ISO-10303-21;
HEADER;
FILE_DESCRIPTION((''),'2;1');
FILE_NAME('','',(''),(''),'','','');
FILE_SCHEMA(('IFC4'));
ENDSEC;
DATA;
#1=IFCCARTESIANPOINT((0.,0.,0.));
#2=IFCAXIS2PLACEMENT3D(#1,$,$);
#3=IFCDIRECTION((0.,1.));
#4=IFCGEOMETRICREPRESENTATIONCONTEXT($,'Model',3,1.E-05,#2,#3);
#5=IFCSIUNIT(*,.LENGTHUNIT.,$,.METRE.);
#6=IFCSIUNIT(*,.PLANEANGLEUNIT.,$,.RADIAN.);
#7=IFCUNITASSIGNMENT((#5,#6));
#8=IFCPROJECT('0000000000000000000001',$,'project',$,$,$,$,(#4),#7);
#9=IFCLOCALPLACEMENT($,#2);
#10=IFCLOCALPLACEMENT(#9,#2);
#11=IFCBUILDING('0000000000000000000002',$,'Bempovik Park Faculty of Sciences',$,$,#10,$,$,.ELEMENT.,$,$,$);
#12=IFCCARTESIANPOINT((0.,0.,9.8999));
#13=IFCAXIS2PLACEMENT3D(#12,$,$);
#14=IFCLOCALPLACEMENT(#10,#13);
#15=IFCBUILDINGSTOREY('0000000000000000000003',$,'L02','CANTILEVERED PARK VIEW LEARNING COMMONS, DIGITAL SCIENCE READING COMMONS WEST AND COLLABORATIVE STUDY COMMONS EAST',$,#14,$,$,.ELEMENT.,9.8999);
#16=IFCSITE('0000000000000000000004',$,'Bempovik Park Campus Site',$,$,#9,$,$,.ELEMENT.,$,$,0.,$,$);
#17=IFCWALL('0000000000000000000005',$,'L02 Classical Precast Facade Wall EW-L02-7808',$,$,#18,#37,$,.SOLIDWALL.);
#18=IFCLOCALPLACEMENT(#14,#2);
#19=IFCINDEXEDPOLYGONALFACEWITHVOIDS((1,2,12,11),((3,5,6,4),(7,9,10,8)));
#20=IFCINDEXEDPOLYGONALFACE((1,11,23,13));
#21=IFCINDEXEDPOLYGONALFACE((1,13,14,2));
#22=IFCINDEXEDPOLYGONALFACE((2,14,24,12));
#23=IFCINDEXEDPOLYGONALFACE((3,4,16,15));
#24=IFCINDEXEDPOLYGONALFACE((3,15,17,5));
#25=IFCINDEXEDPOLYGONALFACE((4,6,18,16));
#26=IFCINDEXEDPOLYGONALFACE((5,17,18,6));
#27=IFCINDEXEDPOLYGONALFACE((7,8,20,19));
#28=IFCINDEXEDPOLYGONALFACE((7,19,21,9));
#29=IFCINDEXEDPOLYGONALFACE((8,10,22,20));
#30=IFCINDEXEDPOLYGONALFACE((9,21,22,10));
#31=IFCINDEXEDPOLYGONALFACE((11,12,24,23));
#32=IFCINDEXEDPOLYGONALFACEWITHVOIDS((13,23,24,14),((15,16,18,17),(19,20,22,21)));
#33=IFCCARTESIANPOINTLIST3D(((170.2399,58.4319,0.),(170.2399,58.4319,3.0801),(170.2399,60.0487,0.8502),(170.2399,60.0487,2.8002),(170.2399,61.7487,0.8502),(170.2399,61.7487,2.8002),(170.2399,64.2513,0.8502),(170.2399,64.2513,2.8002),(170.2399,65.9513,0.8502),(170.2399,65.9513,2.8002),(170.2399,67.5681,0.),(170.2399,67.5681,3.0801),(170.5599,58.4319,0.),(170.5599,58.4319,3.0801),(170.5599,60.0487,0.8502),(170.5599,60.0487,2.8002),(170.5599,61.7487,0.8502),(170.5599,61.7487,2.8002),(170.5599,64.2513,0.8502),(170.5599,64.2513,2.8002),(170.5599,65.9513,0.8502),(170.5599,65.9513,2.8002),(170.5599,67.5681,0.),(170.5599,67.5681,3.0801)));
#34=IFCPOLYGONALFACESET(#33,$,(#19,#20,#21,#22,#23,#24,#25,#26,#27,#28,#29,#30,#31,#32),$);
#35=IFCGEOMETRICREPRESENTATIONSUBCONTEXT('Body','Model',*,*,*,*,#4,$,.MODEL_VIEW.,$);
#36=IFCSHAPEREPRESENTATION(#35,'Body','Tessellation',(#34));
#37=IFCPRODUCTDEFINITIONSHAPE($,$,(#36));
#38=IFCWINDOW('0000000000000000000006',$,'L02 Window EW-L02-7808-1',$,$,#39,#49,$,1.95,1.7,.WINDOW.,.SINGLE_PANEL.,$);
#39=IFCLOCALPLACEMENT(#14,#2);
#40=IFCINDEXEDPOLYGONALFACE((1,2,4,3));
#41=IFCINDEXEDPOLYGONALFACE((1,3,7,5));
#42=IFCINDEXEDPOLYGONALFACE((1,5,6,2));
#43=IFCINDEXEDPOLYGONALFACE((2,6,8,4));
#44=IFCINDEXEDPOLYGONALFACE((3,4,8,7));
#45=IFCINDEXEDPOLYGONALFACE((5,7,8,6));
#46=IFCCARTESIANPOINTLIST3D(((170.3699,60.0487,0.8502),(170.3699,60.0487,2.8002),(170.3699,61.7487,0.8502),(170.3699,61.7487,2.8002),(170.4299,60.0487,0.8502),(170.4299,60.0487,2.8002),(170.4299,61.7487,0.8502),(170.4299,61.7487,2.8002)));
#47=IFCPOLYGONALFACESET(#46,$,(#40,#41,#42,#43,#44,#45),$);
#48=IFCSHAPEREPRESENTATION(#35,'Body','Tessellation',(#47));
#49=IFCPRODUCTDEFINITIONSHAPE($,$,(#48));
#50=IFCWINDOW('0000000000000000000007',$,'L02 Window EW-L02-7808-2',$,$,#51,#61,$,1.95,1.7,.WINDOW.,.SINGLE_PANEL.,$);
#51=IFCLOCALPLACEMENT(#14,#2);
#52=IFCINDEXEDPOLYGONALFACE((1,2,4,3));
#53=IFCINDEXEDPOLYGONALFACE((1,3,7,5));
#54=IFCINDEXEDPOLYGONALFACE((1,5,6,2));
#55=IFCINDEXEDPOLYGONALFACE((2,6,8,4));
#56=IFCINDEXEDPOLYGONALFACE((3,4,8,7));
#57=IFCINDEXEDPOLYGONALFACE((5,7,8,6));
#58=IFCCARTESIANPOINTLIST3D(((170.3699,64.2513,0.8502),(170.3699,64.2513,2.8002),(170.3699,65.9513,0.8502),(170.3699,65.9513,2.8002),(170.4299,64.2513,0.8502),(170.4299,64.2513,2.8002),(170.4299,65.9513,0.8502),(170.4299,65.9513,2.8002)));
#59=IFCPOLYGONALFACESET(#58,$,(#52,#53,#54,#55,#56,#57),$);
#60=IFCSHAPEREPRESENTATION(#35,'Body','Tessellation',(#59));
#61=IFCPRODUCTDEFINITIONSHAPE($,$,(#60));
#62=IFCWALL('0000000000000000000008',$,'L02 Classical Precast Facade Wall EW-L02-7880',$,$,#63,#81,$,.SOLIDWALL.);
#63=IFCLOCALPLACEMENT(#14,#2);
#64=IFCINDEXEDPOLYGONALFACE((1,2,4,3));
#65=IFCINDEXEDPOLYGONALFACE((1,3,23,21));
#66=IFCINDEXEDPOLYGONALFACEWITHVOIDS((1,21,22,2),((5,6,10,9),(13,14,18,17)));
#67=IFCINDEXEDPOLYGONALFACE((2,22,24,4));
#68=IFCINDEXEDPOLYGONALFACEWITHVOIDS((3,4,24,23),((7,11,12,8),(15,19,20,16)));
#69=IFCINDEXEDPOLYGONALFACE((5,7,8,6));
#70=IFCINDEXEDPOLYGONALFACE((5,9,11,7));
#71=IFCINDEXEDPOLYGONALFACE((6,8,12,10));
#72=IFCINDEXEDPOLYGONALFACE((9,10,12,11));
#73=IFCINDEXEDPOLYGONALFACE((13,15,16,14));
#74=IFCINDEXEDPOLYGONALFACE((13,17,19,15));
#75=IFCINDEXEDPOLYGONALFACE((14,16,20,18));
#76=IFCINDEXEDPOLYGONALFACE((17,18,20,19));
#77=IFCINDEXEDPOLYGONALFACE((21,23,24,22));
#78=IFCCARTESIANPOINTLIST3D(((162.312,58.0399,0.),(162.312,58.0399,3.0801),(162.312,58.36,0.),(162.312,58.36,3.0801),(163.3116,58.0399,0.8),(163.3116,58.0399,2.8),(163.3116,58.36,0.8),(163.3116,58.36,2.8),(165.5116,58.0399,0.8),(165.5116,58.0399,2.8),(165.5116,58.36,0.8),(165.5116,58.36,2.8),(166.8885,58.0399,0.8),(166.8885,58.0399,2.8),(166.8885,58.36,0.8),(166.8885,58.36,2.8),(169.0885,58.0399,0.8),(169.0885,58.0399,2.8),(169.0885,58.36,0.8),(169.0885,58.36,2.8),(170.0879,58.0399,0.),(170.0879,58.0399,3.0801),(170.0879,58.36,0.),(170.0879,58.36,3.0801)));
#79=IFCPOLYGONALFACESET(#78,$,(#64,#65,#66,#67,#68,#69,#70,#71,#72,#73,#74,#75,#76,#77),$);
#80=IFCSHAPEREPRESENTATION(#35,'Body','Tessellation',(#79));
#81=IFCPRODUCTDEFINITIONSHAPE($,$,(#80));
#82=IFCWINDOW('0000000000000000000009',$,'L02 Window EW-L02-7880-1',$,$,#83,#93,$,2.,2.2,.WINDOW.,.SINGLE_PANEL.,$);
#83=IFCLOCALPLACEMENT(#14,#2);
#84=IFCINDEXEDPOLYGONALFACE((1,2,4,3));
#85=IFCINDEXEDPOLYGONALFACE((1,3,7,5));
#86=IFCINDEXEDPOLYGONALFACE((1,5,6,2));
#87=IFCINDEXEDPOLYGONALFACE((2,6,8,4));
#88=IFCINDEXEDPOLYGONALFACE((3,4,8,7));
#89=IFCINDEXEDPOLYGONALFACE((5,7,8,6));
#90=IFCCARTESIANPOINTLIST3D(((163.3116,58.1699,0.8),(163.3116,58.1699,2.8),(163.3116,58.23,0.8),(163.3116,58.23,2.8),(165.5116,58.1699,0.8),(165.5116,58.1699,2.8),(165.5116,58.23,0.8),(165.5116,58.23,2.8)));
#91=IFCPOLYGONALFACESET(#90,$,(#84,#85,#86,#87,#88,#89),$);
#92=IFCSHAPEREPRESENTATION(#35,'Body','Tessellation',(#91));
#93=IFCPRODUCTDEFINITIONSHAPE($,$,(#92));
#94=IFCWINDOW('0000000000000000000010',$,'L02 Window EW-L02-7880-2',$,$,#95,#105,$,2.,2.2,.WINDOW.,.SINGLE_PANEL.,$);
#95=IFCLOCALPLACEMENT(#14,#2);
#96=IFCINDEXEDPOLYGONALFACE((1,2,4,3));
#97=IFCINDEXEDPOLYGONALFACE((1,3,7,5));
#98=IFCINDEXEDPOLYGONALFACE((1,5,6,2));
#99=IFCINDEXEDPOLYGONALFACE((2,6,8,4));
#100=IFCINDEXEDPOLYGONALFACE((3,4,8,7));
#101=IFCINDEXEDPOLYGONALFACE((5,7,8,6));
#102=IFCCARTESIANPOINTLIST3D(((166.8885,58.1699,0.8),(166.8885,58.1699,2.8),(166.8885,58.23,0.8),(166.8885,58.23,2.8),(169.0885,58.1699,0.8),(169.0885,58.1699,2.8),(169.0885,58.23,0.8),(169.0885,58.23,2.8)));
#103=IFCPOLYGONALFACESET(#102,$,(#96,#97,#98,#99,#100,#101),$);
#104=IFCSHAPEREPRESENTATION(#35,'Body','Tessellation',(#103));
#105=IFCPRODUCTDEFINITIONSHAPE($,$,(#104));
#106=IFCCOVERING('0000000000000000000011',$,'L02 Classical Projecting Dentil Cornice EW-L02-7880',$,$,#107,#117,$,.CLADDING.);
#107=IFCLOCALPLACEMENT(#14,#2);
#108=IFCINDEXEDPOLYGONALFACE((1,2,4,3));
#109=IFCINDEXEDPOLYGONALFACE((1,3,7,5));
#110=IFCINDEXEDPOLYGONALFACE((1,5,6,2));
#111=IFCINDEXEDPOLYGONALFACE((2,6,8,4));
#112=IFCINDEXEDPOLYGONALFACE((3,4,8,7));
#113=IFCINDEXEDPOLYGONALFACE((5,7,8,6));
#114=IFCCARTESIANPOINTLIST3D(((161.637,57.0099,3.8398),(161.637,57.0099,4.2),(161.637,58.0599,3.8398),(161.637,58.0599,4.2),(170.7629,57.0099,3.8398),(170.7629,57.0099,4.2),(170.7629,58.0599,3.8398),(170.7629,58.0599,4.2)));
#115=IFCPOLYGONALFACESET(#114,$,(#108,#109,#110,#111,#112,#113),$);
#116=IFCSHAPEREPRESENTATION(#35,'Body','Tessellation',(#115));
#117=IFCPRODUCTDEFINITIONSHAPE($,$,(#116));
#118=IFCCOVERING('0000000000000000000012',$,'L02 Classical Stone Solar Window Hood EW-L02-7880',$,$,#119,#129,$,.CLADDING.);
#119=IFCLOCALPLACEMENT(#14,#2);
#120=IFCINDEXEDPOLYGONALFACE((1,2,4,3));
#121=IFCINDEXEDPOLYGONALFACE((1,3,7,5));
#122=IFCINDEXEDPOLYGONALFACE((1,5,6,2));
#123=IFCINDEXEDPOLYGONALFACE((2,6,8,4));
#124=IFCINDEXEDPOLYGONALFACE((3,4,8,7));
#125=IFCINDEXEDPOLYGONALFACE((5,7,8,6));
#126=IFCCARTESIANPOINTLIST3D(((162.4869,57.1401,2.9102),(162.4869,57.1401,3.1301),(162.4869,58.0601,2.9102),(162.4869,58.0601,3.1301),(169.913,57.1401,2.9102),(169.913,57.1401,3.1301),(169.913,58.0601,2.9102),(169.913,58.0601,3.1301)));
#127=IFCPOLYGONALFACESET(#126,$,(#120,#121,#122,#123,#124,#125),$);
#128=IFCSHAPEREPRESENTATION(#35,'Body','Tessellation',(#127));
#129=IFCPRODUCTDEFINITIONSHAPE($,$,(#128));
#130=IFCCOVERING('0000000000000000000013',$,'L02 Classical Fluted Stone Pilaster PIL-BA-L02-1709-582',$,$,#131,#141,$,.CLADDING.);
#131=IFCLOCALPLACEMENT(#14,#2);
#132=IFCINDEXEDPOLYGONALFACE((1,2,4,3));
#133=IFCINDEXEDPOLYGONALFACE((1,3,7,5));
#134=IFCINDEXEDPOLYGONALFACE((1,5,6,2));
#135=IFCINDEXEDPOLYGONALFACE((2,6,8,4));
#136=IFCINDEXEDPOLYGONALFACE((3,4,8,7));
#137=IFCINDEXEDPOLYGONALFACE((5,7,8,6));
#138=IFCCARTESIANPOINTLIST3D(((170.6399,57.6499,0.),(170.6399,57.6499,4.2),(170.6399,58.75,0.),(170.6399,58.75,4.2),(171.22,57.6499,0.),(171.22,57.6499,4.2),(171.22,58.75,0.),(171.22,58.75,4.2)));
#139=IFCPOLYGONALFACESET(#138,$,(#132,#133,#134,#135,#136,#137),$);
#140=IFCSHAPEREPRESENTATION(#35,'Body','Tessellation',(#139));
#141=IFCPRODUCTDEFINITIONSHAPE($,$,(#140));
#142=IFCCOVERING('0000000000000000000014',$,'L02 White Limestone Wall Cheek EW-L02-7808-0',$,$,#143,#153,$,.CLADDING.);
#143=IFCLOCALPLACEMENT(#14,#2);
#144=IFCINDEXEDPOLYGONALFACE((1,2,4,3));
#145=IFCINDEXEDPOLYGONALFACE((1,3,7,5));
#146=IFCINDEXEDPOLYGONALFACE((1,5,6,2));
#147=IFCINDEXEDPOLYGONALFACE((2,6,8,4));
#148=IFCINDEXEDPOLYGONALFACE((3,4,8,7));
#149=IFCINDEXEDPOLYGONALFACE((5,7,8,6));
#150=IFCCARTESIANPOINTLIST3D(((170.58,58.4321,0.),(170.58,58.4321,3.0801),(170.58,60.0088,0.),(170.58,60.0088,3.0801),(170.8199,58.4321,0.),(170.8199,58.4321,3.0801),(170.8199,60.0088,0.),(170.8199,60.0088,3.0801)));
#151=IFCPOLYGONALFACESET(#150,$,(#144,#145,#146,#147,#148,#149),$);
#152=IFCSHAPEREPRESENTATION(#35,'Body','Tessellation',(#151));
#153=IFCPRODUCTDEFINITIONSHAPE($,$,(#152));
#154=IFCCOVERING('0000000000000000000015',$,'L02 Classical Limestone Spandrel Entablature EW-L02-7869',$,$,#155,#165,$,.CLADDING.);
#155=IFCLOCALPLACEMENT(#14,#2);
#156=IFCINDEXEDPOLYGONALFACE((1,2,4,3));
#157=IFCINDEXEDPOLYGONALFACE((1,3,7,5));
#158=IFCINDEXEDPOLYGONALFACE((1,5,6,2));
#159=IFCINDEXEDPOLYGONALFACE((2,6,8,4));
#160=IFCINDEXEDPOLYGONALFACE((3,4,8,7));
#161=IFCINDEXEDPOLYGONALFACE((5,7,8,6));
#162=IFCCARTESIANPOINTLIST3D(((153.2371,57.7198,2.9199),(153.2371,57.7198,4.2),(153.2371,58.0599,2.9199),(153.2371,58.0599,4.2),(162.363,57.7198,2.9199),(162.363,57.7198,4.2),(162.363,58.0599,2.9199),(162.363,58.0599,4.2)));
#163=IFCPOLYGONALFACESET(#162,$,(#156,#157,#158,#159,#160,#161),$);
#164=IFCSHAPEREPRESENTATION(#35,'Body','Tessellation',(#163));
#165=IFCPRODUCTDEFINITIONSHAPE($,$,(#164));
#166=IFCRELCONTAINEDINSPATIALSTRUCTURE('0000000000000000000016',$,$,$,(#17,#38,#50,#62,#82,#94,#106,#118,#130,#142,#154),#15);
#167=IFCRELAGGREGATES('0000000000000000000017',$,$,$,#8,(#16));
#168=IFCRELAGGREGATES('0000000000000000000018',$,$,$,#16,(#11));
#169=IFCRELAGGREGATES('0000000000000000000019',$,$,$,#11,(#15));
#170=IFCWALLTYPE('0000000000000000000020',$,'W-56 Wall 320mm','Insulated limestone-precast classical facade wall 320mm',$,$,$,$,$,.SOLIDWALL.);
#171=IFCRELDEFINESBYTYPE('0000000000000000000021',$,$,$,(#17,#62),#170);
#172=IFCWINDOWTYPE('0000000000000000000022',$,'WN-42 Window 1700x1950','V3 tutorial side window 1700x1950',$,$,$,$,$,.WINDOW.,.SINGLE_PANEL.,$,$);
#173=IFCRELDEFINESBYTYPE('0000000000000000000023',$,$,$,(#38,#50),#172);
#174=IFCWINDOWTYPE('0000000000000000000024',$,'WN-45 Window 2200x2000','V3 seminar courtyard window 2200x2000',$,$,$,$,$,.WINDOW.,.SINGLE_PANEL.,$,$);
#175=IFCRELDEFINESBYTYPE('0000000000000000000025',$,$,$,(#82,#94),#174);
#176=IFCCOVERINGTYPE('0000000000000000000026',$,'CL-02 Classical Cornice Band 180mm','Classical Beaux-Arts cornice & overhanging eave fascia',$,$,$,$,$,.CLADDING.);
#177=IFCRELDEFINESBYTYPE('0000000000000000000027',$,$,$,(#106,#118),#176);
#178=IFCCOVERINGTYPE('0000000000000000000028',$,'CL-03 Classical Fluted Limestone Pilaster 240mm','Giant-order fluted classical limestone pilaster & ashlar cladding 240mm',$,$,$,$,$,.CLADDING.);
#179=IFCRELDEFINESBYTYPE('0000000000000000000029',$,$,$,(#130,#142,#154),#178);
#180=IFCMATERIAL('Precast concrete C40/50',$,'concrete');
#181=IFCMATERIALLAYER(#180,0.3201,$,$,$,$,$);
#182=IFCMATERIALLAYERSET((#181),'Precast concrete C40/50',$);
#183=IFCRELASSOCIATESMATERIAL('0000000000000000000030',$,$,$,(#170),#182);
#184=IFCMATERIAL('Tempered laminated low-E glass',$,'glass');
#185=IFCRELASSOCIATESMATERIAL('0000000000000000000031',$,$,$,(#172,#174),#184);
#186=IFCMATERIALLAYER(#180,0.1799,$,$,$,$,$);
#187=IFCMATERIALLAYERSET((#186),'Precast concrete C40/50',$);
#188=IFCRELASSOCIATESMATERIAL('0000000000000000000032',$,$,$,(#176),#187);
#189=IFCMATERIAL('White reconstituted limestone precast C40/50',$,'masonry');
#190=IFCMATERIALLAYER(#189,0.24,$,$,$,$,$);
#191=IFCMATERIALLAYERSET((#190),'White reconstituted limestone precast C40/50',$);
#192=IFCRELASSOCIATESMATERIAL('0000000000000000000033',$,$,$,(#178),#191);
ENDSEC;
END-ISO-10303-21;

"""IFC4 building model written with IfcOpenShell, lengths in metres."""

from ifc_helpers import new_model, si_unit, direction, frame, frame_2d, origin, origin_2d, place, context, subcontext, project, spatial, rectangle, extrude, material, layer, layer_set, type_object, element, fill, save


model = new_model("IFC4")

# Units and contexts
model_context = context("Model", 3, precision=1e-05, world=origin(), true_north=direction((0.0, 1.0)))
body_context = subcontext(model_context, "Body", "Model", "MODEL_VIEW")
ifc_project = project(units=[si_unit("LENGTHUNIT", "METRE"), si_unit("PLANEANGLEUNIT", "RADIAN")], contexts=[model_context])

# Site, building, storey
site_placement = place(None, origin())
site = spatial("IfcSite", under=ifc_project, at=site_placement, Name="Bempovik Park Campus Site", CompositionType="ELEMENT", RefElevation=0.0)
building_placement = place(site_placement, origin())
building = spatial("IfcBuilding", under=site, at=building_placement, Name="Bempovik Park Faculty of Sciences", CompositionType="ELEMENT")
storey_placement = place(building_placement, frame((0.0, 0.0, 9.8999)))
storey = spatial("IfcBuildingStorey", under=building, at=storey_placement, Name="L02", Description="CANTILEVERED PARK VIEW LEARNING COMMONS, DIGITAL SCIENCE READING COMMONS WEST AND COLLABORATIVE STUDY COMMONS EAST", CompositionType="ELEMENT", Elevation=9.8999)

# Walls, openings, windows
ifc_material_1 = material(Name="Precast concrete C40/50", Category="concrete")
ifc_layer_1 = layer(ifc_material_1, 0.3201)
ifc_layer_set_1 = layer_set([ifc_layer_1], Name="Precast concrete C40/50")
wall_type_1 = type_object("IfcWallType", Name="W-56 Wall 320mm", Description="Insulated limestone-precast classical facade wall 320mm", PredefinedType="SOLIDWALL", material=ifc_layer_set_1)
wall_1_placement = place(storey_placement, frame((170.3999, 58.4319, 0.0), z_axis=(0.0, 0.0, 1.0), x_axis=(0.0, 1.0, 0.0)))
wall_1 = element("IfcWall", 1, at=wall_1_placement, inside=storey, type_object=wall_type_1, Name="L02 Classical Precast Facade Wall EW-L02-7808", PredefinedType="SOLIDWALL", context=body_context, shape_type="SweptSolid", body=[
    extrude(rectangle(XDim=9.1362, YDim=0.3201, at=frame_2d((4.5681, 0.0))), origin(), (0.0, 0.0, 1.0), 3.0801),
])
opening_1_placement = place(wall_1_placement, frame((1.6167, 0.0, 0.8501)))
opening_1 = element("IfcOpeningElement", 2, at=opening_1_placement, cuts=wall_1, PredefinedType="OPENING", context=body_context, shape_type="SweptSolid", body=[
    extrude(rectangle(XDim=1.7, YDim=1.95, at=frame_2d((0.8501, 0.9751))), frame((0.0, 0.1699, 0.0), z_axis=(0.0, -1.0, 0.0), x_axis=(1.0, 0.0, 0.0)), (0.0, 0.0, 1.0), 0.3401),
])
opening_2_placement = place(wall_1_placement, frame((5.8193, 0.0, 0.8501)))
opening_2 = element("IfcOpeningElement", 3, at=opening_2_placement, cuts=wall_1, PredefinedType="OPENING", context=body_context, shape_type="SweptSolid", body=[
    extrude(rectangle(XDim=1.7, YDim=1.95, at=frame_2d((0.8501, 0.9751))), frame((0.0, 0.1699, 0.0), z_axis=(0.0, -1.0, 0.0), x_axis=(1.0, 0.0, 0.0)), (0.0, 0.0, 1.0), 0.3401),
])
ifc_material_2 = material(Name="Tempered laminated low-E glass", Category="glass")
window_type_1 = type_object("IfcWindowType", Name="WN-42 Window 1700x1950", Description="V3 tutorial side window 1700x1950", PartitioningType="SINGLE_PANEL", PredefinedType="WINDOW", material=ifc_material_2)
window_1_placement = place(opening_1_placement, origin())
window_1 = element("IfcWindow", 4, at=window_1_placement, inside=storey, type_object=window_type_1, Name="L02 Window EW-L02-7808-1", OverallHeight=1.95, OverallWidth=1.7, PartitioningType="SINGLE_PANEL", PredefinedType="WINDOW", context=body_context, shape_type="SweptSolid", body=[
    extrude(rectangle(XDim=1.7, YDim=1.95, at=frame_2d((0.8501, 0.9751))), frame((0.0, 0.03, 0.0), z_axis=(0.0, -1.0, 0.0), x_axis=(1.0, 0.0, 0.0)), (0.0, 0.0, 1.0), 0.0601),
])
fill(opening_1, window_1)
window_2_placement = place(opening_2_placement, origin())
window_2 = element("IfcWindow", 5, at=window_2_placement, inside=storey, type_object=window_type_1, Name="L02 Window EW-L02-7808-2", OverallHeight=1.95, OverallWidth=1.7, PartitioningType="SINGLE_PANEL", PredefinedType="WINDOW", context=body_context, shape_type="SweptSolid", body=[
    extrude(rectangle(XDim=1.7, YDim=1.95, at=frame_2d((0.8501, 0.9751))), frame((0.0, 0.03, 0.0), z_axis=(0.0, -1.0, 0.0), x_axis=(1.0, 0.0, 0.0)), (0.0, 0.0, 1.0), 0.0601),
])
fill(opening_2, window_2)
wall_2_placement = place(storey_placement, frame((162.312, 58.2, 0.0), z_axis=(0.0, 0.0, 1.0), x_axis=(1.0, 0.0, 0.0)))
wall_2 = element("IfcWall", 6, at=wall_2_placement, inside=storey, type_object=wall_type_1, Name="L02 Classical Precast Facade Wall EW-L02-7880", PredefinedType="SOLIDWALL", context=body_context, shape_type="SweptSolid", body=[
    extrude(rectangle(XDim=7.7759, YDim=0.3201, at=frame_2d((3.8879, 0.0))), origin(), (0.0, 0.0, 1.0), 3.0801),
])
opening_3_placement = place(wall_2_placement, frame((0.9995, 0.0, 0.8)))
opening_3 = element("IfcOpeningElement", 7, at=opening_3_placement, cuts=wall_2, PredefinedType="OPENING", context=body_context, shape_type="SweptSolid", body=[
    extrude(rectangle(XDim=2.2, YDim=2.0, at=frame_2d((1.1001, 1.0))), frame((0.0, 0.1699, 0.0), z_axis=(0.0, -1.0, 0.0), x_axis=(1.0, 0.0, 0.0)), (0.0, 0.0, 1.0), 0.3401),
])
opening_4_placement = place(wall_2_placement, frame((4.5764, 0.0, 0.8)))
opening_4 = element("IfcOpeningElement", 8, at=opening_4_placement, cuts=wall_2, PredefinedType="OPENING", context=body_context, shape_type="SweptSolid", body=[
    extrude(rectangle(XDim=2.2, YDim=2.0, at=frame_2d((1.1001, 1.0))), frame((0.0, 0.1699, 0.0), z_axis=(0.0, -1.0, 0.0), x_axis=(1.0, 0.0, 0.0)), (0.0, 0.0, 1.0), 0.3401),
])
window_type_2 = type_object("IfcWindowType", Name="WN-45 Window 2200x2000", Description="V3 seminar courtyard window 2200x2000", PartitioningType="SINGLE_PANEL", PredefinedType="WINDOW", material=ifc_material_2)
window_3_placement = place(opening_3_placement, origin())
window_3 = element("IfcWindow", 9, at=window_3_placement, inside=storey, type_object=window_type_2, Name="L02 Window EW-L02-7880-1", OverallHeight=2.0, OverallWidth=2.2, PartitioningType="SINGLE_PANEL", PredefinedType="WINDOW", context=body_context, shape_type="SweptSolid", body=[
    extrude(rectangle(XDim=2.2, YDim=2.0, at=frame_2d((1.1001, 1.0))), frame((0.0, 0.03, 0.0), z_axis=(0.0, -1.0, 0.0), x_axis=(1.0, 0.0, 0.0)), (0.0, 0.0, 1.0), 0.0601),
])
fill(opening_3, window_3)
window_4_placement = place(opening_4_placement, origin())
window_4 = element("IfcWindow", 10, at=window_4_placement, inside=storey, type_object=window_type_2, Name="L02 Window EW-L02-7880-2", OverallHeight=2.0, OverallWidth=2.2, PartitioningType="SINGLE_PANEL", PredefinedType="WINDOW", context=body_context, shape_type="SweptSolid", body=[
    extrude(rectangle(XDim=2.2, YDim=2.0, at=frame_2d((1.1001, 1.0))), frame((0.0, 0.03, 0.0), z_axis=(0.0, -1.0, 0.0), x_axis=(1.0, 0.0, 0.0)), (0.0, 0.0, 1.0), 0.0601),
])
fill(opening_4, window_4)

# Coverings
ifc_layer_2 = layer(ifc_material_1, 0.1799)
ifc_layer_set_2 = layer_set([ifc_layer_2], Name="Precast concrete C40/50")
covering_type_1 = type_object("IfcCoveringType", Name="CL-02 Classical Cornice Band 180mm", Description="Classical Beaux-Arts cornice & overhanging eave fascia", PredefinedType="CLADDING", material=ifc_layer_set_2)
covering_1_placement = place(storey_placement, frame((166.2, 57.5349, 3.8398), z_axis=(0.0, 0.0, 1.0), x_axis=(1.0, 0.0, 0.0)))
element("IfcCovering", 11, at=covering_1_placement, inside=storey, type_object=covering_type_1, Name="L02 Classical Projecting Dentil Cornice EW-L02-7880", PredefinedType="CLADDING", context=body_context, shape_type="SweptSolid", body=[
    extrude(rectangle(XDim=9.126, YDim=1.05, at=origin_2d()), origin(), (0.0, 0.0, 1.0), 0.3601),
])
covering_2_placement = place(storey_placement, frame((166.2, 57.6001, 2.9102), z_axis=(0.0, 0.0, 1.0), x_axis=(1.0, 0.0, 0.0)))
element("IfcCovering", 12, at=covering_2_placement, inside=storey, type_object=covering_type_1, Name="L02 Classical Stone Solar Window Hood EW-L02-7880", PredefinedType="CLADDING", context=body_context, shape_type="SweptSolid", body=[
    extrude(rectangle(XDim=7.426, YDim=0.9199, at=origin_2d()), origin(), (0.0, 0.0, 1.0), 0.22),
])
ifc_material_3 = material(Name="White reconstituted limestone precast C40/50", Category="masonry")
ifc_layer_3 = layer(ifc_material_3, 0.24)
ifc_layer_set_3 = layer_set([ifc_layer_3], Name="White reconstituted limestone precast C40/50")
covering_type_2 = type_object("IfcCoveringType", Name="CL-03 Classical Fluted Limestone Pilaster 240mm", Description="Giant-order fluted classical limestone pilaster & ashlar cladding 240mm", PredefinedType="CLADDING", material=ifc_layer_set_3)
covering_3_placement = place(storey_placement, frame((170.9299, 58.2, 0.0), z_axis=(0.0, 0.0, 1.0), x_axis=(1.0, 0.0, 0.0)))
element("IfcCovering", 13, at=covering_3_placement, inside=storey, type_object=covering_type_2, Name="L02 Classical Fluted Stone Pilaster PIL-BA-L02-1709-582", PredefinedType="CLADDING", context=body_context, shape_type="SweptSolid", body=[
    extrude(rectangle(XDim=0.5801, YDim=1.1001, at=origin_2d()), origin(), (0.0, 0.0, 1.0), 4.2),
])
covering_4_placement = place(storey_placement, frame((170.7, 59.2205, 0.0), z_axis=(0.0, 0.0, 1.0), x_axis=(1.0, 0.0, 0.0)))
element("IfcCovering", 14, at=covering_4_placement, inside=storey, type_object=covering_type_2, Name="L02 White Limestone Wall Cheek EW-L02-7808-0", PredefinedType="CLADDING", context=body_context, shape_type="SweptSolid", body=[
    extrude(rectangle(XDim=0.24, YDim=1.5767, at=origin_2d()), origin(), (0.0, 0.0, 1.0), 3.0801),
])
covering_5_placement = place(storey_placement, frame((157.8, 57.8899, 2.9199), z_axis=(0.0, 0.0, 1.0), x_axis=(1.0, 0.0, 0.0)))
element("IfcCovering", 15, at=covering_5_placement, inside=storey, type_object=covering_type_2, Name="L02 Classical Limestone Spandrel Entablature EW-L02-7869", PredefinedType="CLADDING", context=body_context, shape_type="SweptSolid", body=[
    extrude(rectangle(XDim=9.126, YDim=0.3401, at=origin_2d()), origin(), (0.0, 0.0, 1.0), 1.28),
])

save(model, "model.ifc")
